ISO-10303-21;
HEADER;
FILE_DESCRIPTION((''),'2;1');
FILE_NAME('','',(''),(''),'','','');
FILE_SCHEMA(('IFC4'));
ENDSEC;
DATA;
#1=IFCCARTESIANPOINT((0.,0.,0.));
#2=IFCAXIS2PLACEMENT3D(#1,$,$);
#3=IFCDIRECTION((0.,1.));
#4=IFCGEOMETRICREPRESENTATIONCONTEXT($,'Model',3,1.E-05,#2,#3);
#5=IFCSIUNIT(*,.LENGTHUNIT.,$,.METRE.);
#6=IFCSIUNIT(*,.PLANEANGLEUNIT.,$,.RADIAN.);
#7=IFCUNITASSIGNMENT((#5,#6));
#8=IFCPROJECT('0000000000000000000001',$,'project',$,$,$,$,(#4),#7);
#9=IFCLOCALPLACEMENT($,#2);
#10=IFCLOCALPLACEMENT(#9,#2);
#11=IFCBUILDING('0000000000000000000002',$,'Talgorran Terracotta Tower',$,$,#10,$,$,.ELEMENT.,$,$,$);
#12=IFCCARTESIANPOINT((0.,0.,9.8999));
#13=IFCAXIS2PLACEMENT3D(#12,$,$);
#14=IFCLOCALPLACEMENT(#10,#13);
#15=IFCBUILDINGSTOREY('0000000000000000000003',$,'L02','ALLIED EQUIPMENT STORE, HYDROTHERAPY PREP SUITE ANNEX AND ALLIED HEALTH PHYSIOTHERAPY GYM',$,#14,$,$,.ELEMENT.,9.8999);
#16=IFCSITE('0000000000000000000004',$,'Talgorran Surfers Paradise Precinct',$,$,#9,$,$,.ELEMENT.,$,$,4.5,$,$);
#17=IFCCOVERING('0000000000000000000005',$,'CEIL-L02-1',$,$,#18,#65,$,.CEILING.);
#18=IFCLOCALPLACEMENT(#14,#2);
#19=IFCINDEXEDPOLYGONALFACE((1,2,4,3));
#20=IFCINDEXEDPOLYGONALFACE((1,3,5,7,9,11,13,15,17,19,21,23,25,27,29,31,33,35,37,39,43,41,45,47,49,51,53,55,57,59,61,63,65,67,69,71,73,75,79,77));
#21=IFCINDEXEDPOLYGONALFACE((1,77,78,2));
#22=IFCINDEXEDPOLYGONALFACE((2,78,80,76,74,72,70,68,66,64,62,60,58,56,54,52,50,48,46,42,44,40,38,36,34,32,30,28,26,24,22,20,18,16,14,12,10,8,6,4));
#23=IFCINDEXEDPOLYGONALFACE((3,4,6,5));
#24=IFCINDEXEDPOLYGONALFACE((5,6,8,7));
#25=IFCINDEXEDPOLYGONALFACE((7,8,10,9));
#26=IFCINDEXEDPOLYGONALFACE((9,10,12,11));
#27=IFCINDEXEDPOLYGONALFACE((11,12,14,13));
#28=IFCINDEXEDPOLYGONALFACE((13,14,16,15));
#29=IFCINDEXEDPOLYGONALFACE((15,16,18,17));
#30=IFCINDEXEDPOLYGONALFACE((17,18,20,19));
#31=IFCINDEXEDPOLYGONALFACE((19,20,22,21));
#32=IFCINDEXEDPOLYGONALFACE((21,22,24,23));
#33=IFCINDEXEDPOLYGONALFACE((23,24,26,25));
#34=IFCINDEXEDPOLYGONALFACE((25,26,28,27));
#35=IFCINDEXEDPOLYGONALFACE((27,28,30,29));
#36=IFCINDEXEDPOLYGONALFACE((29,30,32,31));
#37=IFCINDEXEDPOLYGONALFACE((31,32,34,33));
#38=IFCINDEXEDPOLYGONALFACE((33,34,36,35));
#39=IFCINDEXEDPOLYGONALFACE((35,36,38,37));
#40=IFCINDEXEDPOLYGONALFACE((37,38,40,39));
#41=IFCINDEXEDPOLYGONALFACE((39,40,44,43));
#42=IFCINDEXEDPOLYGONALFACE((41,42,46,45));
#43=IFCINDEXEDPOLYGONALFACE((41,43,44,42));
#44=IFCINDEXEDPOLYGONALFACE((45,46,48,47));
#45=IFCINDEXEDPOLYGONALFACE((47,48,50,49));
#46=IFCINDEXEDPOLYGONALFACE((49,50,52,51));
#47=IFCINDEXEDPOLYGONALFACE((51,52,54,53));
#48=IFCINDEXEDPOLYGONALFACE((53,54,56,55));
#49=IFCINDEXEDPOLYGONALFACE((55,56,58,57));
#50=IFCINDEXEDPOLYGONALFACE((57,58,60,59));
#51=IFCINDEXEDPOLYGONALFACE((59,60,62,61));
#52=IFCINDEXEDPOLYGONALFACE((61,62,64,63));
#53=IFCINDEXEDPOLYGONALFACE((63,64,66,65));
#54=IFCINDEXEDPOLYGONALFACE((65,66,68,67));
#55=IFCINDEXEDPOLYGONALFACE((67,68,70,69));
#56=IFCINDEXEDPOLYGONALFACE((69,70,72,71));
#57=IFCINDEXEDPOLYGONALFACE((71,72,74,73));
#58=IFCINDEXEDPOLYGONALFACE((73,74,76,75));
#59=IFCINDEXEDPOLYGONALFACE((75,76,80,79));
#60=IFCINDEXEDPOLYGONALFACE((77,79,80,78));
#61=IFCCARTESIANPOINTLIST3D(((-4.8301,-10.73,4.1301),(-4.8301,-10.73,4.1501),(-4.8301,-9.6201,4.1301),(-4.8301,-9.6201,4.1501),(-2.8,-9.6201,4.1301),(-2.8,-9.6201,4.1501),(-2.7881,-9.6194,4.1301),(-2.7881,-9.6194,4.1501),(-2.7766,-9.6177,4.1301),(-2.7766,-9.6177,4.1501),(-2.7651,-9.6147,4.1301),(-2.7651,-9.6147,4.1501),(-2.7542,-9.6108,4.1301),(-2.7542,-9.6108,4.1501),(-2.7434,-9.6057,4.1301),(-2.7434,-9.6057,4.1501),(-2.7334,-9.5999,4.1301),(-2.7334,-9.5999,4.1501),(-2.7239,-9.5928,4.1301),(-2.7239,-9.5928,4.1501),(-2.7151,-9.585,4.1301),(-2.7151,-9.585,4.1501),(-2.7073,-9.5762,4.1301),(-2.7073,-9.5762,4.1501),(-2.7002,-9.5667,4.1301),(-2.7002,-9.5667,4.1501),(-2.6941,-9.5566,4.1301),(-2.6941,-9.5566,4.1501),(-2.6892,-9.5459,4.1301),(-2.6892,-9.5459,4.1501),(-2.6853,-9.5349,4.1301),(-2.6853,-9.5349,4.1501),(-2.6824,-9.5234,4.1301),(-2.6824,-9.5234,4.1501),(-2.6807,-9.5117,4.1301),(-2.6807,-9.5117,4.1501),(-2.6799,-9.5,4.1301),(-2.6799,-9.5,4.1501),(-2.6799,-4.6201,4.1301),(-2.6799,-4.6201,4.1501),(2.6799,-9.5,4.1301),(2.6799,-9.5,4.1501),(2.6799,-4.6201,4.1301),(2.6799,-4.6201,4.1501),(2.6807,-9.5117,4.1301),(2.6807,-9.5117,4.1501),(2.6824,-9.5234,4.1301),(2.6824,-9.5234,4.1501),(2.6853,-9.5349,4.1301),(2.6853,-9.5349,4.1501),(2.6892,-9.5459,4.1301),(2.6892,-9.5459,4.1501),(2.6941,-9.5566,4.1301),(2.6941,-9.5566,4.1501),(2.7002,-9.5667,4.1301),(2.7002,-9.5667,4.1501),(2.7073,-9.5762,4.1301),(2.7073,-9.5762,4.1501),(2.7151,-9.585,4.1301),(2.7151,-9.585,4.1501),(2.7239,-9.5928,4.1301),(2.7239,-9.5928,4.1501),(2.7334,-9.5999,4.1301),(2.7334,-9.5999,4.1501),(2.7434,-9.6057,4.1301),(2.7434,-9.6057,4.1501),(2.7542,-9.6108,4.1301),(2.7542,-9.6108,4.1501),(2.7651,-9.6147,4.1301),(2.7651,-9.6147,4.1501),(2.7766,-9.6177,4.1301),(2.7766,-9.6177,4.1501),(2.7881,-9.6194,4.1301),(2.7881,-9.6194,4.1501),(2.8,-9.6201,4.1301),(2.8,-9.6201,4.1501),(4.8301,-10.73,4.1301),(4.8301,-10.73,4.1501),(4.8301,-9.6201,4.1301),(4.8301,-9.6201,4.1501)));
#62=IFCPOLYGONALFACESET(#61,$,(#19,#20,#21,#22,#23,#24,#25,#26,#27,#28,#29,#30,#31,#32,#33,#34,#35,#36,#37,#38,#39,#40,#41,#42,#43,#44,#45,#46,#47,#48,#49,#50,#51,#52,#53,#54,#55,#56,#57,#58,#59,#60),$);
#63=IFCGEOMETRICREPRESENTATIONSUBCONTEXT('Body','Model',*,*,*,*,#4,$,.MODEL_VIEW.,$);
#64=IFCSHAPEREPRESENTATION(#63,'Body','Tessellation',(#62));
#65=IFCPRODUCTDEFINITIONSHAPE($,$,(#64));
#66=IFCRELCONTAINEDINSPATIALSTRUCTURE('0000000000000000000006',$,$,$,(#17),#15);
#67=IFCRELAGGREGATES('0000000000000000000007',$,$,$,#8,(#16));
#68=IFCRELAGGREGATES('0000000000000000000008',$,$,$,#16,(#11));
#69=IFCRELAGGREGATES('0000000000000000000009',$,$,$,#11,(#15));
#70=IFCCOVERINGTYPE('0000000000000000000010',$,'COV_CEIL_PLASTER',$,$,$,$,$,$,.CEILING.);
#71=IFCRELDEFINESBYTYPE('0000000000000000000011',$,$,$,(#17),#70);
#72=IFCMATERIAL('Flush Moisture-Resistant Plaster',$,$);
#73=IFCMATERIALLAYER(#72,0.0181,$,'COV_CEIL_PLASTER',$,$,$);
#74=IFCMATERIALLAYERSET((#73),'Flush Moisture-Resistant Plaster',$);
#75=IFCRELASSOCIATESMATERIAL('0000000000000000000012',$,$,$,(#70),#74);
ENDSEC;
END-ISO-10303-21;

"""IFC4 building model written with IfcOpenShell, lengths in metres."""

from ifc_helpers import new_model, si_unit, direction, frame, origin, place, context, subcontext, project, spatial, polyline, outline, extrude, material, layer, layer_set, type_object, element, save


model = new_model("IFC4")

# Units and contexts
model_context = context("Model", 3, precision=1e-05, world=origin(), true_north=direction((0.0, 1.0)))
body_context = subcontext(model_context, "Body", "Model", "MODEL_VIEW")
ifc_project = project(units=[si_unit("LENGTHUNIT", "METRE"), si_unit("PLANEANGLEUNIT", "RADIAN")], contexts=[model_context])

# Site, building, storey
site_placement = place(None, origin())
site = spatial("IfcSite", under=ifc_project, at=site_placement, Name="Talgorran Surfers Paradise Precinct", CompositionType="ELEMENT", RefElevation=4.5)
building_placement = place(site_placement, origin())
building = spatial("IfcBuilding", under=site, at=building_placement, Name="Talgorran Terracotta Tower", CompositionType="ELEMENT")
storey_placement = place(building_placement, frame((0.0, 0.0, 9.8999)))
storey = spatial("IfcBuildingStorey", under=building, at=storey_placement, Name="L02", Description="ALLIED EQUIPMENT STORE, HYDROTHERAPY PREP SUITE ANNEX AND ALLIED HEALTH PHYSIOTHERAPY GYM", CompositionType="ELEMENT", Elevation=9.8999)

# Covering
ifc_material_1 = material(Name="Flush Moisture-Resistant Plaster")
ifc_layer_1 = layer(ifc_material_1, 0.0181, Name="COV_CEIL_PLASTER")
ifc_layer_set_1 = layer_set([ifc_layer_1], Name="Flush Moisture-Resistant Plaster")
covering_type_1 = type_object("IfcCoveringType", Name="COV_CEIL_PLASTER", PredefinedType="CEILING", material=ifc_layer_set_1)
covering_1_placement = place(storey_placement, frame((0.0, 0.0, 4.1301)))
element("IfcCovering", 1, at=covering_1_placement, inside=storey, type_object=covering_type_1, Name="CEIL-L02-1", PredefinedType="CEILING", context=body_context, shape_type="SweptSolid", body=[
    extrude(outline(polyline([(-4.8301, -9.6201), (-2.8, -9.6201), (-2.7881, -9.6194), (-2.7766, -9.6177), (-2.7651, -9.6147), (-2.7542, -9.6108), (-2.7434, -9.6057), (-2.7334, -9.5999), (-2.7239, -9.5928), (-2.7151, -9.585), (-2.7073, -9.5762), (-2.7002, -9.5667), (-2.6941, -9.5566), (-2.6892, -9.5459), (-2.6853, -9.5349), (-2.6824, -9.5234), (-2.6807, -9.5117), (-2.6799, -9.5), (-2.6799, -4.6201), (2.6799, -4.6201), (2.6799, -9.5), (2.6807, -9.5117), (2.6824, -9.5234), (2.6853, -9.5349), (2.6892, -9.5459), (2.6941, -9.5566), (2.7002, -9.5667), (2.7073, -9.5762), (2.7151, -9.585), (2.7239, -9.5928), (2.7334, -9.5999), (2.7434, -9.6057), (2.7542, -9.6108), (2.7651, -9.6147), (2.7766, -9.6177), (2.7881, -9.6194), (2.8, -9.6201), (4.8301, -9.6201), (4.8301, -10.73), (-4.8301, -10.73), (-4.8301, -9.6201)])), origin(), (0.0, 0.0, 1.0), 0.02),
])

save(model, "model.ifc")
